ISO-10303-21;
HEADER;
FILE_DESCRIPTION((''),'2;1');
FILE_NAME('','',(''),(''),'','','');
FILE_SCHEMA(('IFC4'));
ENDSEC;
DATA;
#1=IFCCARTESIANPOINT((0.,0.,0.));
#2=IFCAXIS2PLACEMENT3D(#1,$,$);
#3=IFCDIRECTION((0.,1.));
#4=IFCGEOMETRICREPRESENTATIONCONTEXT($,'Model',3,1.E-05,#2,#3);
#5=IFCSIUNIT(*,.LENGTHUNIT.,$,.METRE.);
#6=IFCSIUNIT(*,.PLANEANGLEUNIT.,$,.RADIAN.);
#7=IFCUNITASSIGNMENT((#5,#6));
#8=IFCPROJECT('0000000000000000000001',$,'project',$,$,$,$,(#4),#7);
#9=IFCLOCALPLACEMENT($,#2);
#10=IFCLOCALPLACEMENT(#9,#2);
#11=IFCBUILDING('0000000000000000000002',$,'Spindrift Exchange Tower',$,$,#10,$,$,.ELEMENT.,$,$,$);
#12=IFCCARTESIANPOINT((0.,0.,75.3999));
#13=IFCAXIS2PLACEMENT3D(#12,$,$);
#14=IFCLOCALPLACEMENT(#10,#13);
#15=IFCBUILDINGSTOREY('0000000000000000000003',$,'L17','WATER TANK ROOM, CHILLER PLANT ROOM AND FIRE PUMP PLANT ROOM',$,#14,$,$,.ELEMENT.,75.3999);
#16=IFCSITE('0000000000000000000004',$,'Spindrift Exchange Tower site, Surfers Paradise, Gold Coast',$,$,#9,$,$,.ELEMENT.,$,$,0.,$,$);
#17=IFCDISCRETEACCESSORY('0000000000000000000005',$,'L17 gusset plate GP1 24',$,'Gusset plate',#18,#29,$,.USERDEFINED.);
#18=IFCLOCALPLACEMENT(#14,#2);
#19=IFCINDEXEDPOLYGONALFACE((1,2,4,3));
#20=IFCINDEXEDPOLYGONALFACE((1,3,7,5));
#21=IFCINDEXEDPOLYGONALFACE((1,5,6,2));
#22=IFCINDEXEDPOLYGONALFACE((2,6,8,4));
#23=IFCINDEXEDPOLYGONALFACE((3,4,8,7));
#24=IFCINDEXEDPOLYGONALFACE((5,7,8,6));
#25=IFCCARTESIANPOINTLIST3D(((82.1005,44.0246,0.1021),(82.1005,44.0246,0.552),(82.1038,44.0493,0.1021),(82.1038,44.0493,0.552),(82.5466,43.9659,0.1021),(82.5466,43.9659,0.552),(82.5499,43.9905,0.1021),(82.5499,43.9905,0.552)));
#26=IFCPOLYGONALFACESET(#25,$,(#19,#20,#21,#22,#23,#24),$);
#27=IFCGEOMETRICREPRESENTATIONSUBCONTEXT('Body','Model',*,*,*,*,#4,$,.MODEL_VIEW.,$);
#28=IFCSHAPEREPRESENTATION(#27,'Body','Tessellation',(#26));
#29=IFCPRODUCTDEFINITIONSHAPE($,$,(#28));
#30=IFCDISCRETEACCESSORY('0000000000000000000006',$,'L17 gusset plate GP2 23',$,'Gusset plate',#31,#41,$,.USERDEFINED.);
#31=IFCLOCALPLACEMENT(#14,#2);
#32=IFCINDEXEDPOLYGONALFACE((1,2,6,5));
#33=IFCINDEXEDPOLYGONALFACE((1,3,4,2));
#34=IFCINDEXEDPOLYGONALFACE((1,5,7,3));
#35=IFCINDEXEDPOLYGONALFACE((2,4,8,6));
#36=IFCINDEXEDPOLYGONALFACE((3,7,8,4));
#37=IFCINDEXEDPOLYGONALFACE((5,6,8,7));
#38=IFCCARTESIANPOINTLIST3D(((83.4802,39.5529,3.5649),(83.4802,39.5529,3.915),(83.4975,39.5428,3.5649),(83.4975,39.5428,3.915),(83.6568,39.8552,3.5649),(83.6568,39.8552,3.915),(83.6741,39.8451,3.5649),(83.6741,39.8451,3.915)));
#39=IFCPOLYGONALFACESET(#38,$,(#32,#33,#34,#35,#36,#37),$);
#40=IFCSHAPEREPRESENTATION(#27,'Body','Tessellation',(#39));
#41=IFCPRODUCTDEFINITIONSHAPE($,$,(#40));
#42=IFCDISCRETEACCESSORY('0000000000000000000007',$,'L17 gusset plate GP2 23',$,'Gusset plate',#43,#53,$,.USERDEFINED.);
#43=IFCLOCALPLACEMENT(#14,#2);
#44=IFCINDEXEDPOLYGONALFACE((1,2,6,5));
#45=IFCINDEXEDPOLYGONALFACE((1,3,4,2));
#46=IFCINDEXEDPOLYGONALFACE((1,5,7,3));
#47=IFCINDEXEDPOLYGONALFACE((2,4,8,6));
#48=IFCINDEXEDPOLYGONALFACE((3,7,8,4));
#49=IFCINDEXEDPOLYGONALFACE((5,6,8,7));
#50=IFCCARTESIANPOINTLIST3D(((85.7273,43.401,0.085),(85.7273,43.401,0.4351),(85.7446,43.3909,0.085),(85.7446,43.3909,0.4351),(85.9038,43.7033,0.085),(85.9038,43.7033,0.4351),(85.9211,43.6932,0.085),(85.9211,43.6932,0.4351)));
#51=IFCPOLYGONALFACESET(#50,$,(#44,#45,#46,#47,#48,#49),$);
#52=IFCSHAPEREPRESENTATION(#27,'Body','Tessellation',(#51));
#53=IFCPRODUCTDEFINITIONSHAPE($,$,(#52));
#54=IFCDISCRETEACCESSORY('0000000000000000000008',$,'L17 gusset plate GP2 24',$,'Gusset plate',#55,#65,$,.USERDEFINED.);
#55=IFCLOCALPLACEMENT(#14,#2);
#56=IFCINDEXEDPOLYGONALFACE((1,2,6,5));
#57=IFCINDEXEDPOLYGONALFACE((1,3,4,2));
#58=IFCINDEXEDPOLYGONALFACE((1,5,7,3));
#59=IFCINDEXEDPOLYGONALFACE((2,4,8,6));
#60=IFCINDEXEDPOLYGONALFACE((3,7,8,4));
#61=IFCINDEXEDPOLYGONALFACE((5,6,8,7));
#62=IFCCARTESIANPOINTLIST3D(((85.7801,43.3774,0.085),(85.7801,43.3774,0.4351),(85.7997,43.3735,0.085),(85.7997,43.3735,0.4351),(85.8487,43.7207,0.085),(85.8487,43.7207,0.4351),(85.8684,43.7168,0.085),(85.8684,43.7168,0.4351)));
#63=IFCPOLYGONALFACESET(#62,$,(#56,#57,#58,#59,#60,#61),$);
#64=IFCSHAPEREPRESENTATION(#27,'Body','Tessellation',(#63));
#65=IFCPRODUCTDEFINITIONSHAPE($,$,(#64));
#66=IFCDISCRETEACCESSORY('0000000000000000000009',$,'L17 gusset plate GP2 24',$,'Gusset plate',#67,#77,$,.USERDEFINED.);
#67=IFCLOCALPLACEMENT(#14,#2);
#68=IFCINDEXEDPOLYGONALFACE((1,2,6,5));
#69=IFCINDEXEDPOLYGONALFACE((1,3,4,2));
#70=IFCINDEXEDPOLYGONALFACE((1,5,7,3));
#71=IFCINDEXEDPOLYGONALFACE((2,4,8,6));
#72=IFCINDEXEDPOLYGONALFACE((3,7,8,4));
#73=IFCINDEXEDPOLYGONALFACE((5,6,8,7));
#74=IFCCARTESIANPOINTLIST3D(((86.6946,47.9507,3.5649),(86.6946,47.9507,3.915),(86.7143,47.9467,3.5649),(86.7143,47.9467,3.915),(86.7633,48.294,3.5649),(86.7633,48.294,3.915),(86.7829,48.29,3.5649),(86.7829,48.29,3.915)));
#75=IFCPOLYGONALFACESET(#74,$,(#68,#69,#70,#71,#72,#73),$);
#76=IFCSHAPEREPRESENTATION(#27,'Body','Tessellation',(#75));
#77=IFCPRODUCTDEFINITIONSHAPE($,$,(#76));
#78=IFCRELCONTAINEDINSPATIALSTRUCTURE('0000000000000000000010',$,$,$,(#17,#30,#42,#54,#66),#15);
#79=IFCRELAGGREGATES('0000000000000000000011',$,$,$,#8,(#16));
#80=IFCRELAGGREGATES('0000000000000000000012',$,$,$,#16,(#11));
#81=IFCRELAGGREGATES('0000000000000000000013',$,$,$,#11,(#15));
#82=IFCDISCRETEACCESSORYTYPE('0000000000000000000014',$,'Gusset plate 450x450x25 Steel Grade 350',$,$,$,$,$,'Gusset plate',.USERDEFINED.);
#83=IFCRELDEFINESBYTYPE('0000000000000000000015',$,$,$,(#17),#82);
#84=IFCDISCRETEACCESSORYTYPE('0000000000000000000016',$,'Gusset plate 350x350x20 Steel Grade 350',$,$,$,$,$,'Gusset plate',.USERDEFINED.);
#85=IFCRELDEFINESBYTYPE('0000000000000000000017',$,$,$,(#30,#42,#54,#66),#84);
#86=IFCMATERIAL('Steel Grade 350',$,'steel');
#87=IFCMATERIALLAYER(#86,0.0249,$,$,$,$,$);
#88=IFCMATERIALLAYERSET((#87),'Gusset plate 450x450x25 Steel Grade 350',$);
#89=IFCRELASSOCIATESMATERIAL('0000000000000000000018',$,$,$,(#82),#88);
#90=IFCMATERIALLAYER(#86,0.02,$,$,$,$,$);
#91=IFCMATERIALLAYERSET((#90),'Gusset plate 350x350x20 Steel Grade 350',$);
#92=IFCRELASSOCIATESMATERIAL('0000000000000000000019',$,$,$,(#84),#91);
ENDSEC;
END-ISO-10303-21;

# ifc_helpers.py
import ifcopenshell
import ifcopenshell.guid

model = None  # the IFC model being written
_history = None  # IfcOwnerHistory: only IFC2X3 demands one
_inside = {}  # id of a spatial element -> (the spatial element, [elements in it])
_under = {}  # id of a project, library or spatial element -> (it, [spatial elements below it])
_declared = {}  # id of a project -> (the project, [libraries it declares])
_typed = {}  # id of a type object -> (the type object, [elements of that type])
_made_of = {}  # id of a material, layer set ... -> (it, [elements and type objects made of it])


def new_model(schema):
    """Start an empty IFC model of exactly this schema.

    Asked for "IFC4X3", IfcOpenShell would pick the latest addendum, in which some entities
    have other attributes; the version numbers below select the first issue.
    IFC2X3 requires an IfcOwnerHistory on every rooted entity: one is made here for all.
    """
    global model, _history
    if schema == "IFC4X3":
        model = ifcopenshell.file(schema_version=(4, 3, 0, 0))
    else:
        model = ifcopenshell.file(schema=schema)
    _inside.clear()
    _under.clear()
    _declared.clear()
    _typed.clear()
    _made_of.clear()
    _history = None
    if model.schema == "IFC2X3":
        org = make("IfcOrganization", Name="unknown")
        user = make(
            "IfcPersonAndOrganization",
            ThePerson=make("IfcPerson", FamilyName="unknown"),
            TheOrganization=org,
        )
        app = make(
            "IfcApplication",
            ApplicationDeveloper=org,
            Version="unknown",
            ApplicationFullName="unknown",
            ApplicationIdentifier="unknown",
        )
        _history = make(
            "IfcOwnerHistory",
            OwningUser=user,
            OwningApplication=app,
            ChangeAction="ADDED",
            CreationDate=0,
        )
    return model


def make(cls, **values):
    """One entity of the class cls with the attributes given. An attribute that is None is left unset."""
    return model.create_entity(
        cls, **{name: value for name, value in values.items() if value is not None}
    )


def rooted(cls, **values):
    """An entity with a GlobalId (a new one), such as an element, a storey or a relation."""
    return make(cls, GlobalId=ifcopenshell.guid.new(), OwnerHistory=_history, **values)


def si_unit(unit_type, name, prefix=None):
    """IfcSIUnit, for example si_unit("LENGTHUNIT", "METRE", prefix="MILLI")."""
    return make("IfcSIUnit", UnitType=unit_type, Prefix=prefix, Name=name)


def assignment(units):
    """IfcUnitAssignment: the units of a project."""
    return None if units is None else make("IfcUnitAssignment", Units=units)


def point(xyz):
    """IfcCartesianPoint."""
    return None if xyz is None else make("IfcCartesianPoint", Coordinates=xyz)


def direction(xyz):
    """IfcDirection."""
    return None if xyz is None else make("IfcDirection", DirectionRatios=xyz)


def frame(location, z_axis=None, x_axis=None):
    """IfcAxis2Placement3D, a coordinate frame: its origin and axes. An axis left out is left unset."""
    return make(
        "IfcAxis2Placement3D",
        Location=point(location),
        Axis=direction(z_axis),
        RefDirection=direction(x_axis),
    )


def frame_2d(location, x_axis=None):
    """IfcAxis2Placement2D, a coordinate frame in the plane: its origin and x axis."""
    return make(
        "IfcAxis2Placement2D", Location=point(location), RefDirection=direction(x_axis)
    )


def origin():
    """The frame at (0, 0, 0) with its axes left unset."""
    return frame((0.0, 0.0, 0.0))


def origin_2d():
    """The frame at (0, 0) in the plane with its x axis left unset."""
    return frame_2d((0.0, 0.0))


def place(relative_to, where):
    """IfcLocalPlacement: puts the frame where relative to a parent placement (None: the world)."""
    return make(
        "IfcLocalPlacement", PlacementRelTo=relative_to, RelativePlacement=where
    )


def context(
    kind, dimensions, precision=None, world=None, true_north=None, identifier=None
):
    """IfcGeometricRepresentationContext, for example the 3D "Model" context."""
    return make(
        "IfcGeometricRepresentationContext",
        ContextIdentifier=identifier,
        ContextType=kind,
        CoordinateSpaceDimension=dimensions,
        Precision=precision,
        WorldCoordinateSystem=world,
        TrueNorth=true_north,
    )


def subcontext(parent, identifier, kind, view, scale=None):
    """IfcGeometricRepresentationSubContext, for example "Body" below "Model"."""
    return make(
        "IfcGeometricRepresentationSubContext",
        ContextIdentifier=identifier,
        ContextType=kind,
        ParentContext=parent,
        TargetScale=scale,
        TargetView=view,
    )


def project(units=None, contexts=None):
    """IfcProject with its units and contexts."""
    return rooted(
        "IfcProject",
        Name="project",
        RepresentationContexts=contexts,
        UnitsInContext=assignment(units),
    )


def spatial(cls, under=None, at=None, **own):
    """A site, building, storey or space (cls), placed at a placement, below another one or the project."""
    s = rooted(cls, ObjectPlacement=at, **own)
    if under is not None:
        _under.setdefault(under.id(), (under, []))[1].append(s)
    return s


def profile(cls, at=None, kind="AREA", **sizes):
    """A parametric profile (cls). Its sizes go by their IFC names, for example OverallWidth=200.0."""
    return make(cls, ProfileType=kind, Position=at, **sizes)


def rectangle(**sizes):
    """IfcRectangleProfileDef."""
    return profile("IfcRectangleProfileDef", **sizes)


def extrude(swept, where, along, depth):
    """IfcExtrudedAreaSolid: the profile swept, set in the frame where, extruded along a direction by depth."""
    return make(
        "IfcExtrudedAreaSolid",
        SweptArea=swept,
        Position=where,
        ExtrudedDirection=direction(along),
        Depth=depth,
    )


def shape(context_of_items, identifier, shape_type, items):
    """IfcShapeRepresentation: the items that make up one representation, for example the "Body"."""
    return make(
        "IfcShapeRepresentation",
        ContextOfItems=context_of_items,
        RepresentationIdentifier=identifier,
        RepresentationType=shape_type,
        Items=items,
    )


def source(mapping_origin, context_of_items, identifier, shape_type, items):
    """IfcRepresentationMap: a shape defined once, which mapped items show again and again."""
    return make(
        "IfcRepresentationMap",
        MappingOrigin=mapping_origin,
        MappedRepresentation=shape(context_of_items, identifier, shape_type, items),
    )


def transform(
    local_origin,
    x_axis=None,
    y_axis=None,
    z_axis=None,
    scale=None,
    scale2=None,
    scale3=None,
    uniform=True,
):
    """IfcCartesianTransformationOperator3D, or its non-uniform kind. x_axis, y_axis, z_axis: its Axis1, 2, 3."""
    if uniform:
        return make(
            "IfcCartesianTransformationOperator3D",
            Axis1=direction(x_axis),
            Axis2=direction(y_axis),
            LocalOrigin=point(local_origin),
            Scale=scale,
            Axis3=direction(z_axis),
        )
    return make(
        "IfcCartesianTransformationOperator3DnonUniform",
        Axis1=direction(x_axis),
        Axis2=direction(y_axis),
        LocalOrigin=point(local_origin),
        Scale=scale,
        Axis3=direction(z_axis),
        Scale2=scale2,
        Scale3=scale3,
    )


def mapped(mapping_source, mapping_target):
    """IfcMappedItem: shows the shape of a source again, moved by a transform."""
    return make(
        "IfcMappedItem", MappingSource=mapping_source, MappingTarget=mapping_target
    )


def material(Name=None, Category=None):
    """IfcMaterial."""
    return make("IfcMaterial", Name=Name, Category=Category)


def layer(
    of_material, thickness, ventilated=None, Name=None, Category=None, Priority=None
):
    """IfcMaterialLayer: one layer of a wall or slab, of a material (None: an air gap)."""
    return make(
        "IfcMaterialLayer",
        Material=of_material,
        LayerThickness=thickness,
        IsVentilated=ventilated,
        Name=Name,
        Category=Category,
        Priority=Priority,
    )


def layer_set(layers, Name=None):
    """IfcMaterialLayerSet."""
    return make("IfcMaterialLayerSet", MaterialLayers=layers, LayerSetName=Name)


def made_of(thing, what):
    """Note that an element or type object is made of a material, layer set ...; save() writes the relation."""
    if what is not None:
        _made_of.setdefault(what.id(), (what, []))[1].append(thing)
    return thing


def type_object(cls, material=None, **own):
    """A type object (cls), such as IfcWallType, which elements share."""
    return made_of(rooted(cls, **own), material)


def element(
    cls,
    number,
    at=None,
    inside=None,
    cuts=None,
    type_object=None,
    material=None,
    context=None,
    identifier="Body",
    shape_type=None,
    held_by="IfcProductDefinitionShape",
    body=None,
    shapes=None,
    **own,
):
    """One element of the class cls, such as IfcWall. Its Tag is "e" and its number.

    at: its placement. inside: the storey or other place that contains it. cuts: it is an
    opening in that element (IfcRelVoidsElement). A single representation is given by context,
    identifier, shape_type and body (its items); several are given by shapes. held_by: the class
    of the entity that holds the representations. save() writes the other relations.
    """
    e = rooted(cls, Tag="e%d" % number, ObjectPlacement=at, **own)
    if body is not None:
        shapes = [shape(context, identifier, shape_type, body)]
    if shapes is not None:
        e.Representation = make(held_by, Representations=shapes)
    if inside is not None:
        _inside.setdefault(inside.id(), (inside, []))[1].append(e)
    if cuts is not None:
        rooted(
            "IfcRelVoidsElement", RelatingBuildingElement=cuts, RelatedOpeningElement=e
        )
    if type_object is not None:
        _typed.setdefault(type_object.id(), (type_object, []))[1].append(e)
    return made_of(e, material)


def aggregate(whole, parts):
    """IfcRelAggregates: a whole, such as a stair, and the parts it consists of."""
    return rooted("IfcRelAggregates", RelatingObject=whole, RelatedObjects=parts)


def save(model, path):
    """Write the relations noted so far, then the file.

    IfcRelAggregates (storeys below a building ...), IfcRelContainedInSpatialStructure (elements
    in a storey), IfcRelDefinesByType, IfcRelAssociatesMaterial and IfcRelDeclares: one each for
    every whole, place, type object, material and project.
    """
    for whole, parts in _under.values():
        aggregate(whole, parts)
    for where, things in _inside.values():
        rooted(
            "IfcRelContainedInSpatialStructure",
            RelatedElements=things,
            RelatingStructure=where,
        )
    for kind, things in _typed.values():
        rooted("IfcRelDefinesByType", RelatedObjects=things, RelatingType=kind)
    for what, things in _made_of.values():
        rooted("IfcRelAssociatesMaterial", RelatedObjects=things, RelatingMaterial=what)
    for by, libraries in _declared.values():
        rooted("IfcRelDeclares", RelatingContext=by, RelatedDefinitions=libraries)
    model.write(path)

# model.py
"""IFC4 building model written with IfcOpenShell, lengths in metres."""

from ifc_helpers import new_model, si_unit, direction, frame, origin, origin_2d, place, context, subcontext, project, spatial, rectangle, extrude, source, transform, mapped, material, layer, layer_set, type_object, element, save


model = new_model("IFC4")

# Units and contexts
model_context = context("Model", 3, precision=1e-05, world=origin(), true_north=direction((0.0, 1.0)))
body_context = subcontext(model_context, "Body", "Model", "MODEL_VIEW")
ifc_project = project(units=[si_unit("LENGTHUNIT", "METRE"), si_unit("PLANEANGLEUNIT", "RADIAN")], contexts=[model_context])

# Site, building, storey
site_placement = place(None, origin())
site = spatial("IfcSite", under=ifc_project, at=site_placement, Name="Spindrift Exchange Tower site, Surfers Paradise, Gold Coast", CompositionType="ELEMENT", RefElevation=0.0)
building_placement = place(site_placement, origin())
building = spatial("IfcBuilding", under=site, at=building_placement, Name="Spindrift Exchange Tower", CompositionType="ELEMENT")
storey_placement = place(building_placement, frame((0.0, 0.0, 75.3999)))
storey = spatial("IfcBuildingStorey", under=building, at=storey_placement, Name="L17", Description="WATER TANK ROOM, CHILLER PLANT ROOM AND FIRE PUMP PLANT ROOM", CompositionType="ELEMENT", Elevation=75.3999)

# Shared definitions
ifc_material_1 = material(Name="Steel Grade 350", Category="steel")

# Discrete accessories
ifc_layer_1 = layer(ifc_material_1, 0.0249)
ifc_layer_set_1 = layer_set([ifc_layer_1], Name="Gusset plate 450x450x25 Steel Grade 350")
discrete_accessory_type_1 = type_object("IfcDiscreteAccessoryType", Name="Gusset plate 450x450x25 Steel Grade 350", ElementType="Gusset plate", PredefinedType="USERDEFINED", material=ifc_layer_set_1)
shared_shape_1 = source(origin(), body_context, "Body", "SweptSolid", [
    extrude(rectangle(XDim=0.45, YDim=0.0249, at=origin_2d()), origin(), (0.0, 0.0, 1.0), 0.45),
])
for number, where, z_axis, x_axis, name in (
    (1, (82.3252, 44.0076, 0.1021), (0.0, 0.0, 1.0), (0.991445, -0.130526, 0.0), "L17 gusset plate GP1 24"),
):
    element("IfcDiscreteAccessory", number, at=place(storey_placement, frame(where, z_axis=z_axis, x_axis=x_axis)), inside=storey, type_object=discrete_accessory_type_1, Name=name, ObjectType="Gusset plate", PredefinedType="USERDEFINED", context=body_context, shape_type="MappedRepresentation", body=[
        mapped(shared_shape_1, transform((0.0, 0.0, 0.0), scale=1.0)),
    ])
ifc_layer_2 = layer(ifc_material_1, 0.02)
ifc_layer_set_2 = layer_set([ifc_layer_2], Name="Gusset plate 350x350x20 Steel Grade 350")
discrete_accessory_type_2 = type_object("IfcDiscreteAccessoryType", Name="Gusset plate 350x350x20 Steel Grade 350", ElementType="Gusset plate", PredefinedType="USERDEFINED", material=ifc_layer_set_2)
shared_shape_2 = source(origin(), body_context, "Body", "SweptSolid", [
    extrude(rectangle(XDim=0.3501, YDim=0.02, at=origin_2d()), origin(), (0.0, 0.0, 1.0), 0.3501),
])
for number, where, z_axis, x_axis, name in (
    (2, (83.5771, 39.699, 3.5649), (0.0, 0.0, 1.0), (0.504228, 0.863571, 0.0), "L17 gusset plate GP2 23"),
    (3, (85.8242, 43.5471, 0.085), (0.0, 0.0, 1.0), (0.504235, 0.863566, 0.0), "L17 gusset plate GP2 23"),
    (4, (85.8242, 43.5471, 0.085), (0.0, 0.0, 1.0), (0.1961, 0.980584, 0.0), "L17 gusset plate GP2 24"),
    (5, (86.7388, 48.1204, 3.5649), (0.0, 0.0, 1.0), (0.1961, 0.980584, 0.0), "L17 gusset plate GP2 24"),
):
    element("IfcDiscreteAccessory", number, at=place(storey_placement, frame(where, z_axis=z_axis, x_axis=x_axis)), inside=storey, type_object=discrete_accessory_type_2, Name=name, ObjectType="Gusset plate", PredefinedType="USERDEFINED", context=body_context, shape_type="MappedRepresentation", body=[
        mapped(shared_shape_2, transform((0.0, 0.0, 0.0), scale=1.0)),
    ])

save(model, "model.ifc")
